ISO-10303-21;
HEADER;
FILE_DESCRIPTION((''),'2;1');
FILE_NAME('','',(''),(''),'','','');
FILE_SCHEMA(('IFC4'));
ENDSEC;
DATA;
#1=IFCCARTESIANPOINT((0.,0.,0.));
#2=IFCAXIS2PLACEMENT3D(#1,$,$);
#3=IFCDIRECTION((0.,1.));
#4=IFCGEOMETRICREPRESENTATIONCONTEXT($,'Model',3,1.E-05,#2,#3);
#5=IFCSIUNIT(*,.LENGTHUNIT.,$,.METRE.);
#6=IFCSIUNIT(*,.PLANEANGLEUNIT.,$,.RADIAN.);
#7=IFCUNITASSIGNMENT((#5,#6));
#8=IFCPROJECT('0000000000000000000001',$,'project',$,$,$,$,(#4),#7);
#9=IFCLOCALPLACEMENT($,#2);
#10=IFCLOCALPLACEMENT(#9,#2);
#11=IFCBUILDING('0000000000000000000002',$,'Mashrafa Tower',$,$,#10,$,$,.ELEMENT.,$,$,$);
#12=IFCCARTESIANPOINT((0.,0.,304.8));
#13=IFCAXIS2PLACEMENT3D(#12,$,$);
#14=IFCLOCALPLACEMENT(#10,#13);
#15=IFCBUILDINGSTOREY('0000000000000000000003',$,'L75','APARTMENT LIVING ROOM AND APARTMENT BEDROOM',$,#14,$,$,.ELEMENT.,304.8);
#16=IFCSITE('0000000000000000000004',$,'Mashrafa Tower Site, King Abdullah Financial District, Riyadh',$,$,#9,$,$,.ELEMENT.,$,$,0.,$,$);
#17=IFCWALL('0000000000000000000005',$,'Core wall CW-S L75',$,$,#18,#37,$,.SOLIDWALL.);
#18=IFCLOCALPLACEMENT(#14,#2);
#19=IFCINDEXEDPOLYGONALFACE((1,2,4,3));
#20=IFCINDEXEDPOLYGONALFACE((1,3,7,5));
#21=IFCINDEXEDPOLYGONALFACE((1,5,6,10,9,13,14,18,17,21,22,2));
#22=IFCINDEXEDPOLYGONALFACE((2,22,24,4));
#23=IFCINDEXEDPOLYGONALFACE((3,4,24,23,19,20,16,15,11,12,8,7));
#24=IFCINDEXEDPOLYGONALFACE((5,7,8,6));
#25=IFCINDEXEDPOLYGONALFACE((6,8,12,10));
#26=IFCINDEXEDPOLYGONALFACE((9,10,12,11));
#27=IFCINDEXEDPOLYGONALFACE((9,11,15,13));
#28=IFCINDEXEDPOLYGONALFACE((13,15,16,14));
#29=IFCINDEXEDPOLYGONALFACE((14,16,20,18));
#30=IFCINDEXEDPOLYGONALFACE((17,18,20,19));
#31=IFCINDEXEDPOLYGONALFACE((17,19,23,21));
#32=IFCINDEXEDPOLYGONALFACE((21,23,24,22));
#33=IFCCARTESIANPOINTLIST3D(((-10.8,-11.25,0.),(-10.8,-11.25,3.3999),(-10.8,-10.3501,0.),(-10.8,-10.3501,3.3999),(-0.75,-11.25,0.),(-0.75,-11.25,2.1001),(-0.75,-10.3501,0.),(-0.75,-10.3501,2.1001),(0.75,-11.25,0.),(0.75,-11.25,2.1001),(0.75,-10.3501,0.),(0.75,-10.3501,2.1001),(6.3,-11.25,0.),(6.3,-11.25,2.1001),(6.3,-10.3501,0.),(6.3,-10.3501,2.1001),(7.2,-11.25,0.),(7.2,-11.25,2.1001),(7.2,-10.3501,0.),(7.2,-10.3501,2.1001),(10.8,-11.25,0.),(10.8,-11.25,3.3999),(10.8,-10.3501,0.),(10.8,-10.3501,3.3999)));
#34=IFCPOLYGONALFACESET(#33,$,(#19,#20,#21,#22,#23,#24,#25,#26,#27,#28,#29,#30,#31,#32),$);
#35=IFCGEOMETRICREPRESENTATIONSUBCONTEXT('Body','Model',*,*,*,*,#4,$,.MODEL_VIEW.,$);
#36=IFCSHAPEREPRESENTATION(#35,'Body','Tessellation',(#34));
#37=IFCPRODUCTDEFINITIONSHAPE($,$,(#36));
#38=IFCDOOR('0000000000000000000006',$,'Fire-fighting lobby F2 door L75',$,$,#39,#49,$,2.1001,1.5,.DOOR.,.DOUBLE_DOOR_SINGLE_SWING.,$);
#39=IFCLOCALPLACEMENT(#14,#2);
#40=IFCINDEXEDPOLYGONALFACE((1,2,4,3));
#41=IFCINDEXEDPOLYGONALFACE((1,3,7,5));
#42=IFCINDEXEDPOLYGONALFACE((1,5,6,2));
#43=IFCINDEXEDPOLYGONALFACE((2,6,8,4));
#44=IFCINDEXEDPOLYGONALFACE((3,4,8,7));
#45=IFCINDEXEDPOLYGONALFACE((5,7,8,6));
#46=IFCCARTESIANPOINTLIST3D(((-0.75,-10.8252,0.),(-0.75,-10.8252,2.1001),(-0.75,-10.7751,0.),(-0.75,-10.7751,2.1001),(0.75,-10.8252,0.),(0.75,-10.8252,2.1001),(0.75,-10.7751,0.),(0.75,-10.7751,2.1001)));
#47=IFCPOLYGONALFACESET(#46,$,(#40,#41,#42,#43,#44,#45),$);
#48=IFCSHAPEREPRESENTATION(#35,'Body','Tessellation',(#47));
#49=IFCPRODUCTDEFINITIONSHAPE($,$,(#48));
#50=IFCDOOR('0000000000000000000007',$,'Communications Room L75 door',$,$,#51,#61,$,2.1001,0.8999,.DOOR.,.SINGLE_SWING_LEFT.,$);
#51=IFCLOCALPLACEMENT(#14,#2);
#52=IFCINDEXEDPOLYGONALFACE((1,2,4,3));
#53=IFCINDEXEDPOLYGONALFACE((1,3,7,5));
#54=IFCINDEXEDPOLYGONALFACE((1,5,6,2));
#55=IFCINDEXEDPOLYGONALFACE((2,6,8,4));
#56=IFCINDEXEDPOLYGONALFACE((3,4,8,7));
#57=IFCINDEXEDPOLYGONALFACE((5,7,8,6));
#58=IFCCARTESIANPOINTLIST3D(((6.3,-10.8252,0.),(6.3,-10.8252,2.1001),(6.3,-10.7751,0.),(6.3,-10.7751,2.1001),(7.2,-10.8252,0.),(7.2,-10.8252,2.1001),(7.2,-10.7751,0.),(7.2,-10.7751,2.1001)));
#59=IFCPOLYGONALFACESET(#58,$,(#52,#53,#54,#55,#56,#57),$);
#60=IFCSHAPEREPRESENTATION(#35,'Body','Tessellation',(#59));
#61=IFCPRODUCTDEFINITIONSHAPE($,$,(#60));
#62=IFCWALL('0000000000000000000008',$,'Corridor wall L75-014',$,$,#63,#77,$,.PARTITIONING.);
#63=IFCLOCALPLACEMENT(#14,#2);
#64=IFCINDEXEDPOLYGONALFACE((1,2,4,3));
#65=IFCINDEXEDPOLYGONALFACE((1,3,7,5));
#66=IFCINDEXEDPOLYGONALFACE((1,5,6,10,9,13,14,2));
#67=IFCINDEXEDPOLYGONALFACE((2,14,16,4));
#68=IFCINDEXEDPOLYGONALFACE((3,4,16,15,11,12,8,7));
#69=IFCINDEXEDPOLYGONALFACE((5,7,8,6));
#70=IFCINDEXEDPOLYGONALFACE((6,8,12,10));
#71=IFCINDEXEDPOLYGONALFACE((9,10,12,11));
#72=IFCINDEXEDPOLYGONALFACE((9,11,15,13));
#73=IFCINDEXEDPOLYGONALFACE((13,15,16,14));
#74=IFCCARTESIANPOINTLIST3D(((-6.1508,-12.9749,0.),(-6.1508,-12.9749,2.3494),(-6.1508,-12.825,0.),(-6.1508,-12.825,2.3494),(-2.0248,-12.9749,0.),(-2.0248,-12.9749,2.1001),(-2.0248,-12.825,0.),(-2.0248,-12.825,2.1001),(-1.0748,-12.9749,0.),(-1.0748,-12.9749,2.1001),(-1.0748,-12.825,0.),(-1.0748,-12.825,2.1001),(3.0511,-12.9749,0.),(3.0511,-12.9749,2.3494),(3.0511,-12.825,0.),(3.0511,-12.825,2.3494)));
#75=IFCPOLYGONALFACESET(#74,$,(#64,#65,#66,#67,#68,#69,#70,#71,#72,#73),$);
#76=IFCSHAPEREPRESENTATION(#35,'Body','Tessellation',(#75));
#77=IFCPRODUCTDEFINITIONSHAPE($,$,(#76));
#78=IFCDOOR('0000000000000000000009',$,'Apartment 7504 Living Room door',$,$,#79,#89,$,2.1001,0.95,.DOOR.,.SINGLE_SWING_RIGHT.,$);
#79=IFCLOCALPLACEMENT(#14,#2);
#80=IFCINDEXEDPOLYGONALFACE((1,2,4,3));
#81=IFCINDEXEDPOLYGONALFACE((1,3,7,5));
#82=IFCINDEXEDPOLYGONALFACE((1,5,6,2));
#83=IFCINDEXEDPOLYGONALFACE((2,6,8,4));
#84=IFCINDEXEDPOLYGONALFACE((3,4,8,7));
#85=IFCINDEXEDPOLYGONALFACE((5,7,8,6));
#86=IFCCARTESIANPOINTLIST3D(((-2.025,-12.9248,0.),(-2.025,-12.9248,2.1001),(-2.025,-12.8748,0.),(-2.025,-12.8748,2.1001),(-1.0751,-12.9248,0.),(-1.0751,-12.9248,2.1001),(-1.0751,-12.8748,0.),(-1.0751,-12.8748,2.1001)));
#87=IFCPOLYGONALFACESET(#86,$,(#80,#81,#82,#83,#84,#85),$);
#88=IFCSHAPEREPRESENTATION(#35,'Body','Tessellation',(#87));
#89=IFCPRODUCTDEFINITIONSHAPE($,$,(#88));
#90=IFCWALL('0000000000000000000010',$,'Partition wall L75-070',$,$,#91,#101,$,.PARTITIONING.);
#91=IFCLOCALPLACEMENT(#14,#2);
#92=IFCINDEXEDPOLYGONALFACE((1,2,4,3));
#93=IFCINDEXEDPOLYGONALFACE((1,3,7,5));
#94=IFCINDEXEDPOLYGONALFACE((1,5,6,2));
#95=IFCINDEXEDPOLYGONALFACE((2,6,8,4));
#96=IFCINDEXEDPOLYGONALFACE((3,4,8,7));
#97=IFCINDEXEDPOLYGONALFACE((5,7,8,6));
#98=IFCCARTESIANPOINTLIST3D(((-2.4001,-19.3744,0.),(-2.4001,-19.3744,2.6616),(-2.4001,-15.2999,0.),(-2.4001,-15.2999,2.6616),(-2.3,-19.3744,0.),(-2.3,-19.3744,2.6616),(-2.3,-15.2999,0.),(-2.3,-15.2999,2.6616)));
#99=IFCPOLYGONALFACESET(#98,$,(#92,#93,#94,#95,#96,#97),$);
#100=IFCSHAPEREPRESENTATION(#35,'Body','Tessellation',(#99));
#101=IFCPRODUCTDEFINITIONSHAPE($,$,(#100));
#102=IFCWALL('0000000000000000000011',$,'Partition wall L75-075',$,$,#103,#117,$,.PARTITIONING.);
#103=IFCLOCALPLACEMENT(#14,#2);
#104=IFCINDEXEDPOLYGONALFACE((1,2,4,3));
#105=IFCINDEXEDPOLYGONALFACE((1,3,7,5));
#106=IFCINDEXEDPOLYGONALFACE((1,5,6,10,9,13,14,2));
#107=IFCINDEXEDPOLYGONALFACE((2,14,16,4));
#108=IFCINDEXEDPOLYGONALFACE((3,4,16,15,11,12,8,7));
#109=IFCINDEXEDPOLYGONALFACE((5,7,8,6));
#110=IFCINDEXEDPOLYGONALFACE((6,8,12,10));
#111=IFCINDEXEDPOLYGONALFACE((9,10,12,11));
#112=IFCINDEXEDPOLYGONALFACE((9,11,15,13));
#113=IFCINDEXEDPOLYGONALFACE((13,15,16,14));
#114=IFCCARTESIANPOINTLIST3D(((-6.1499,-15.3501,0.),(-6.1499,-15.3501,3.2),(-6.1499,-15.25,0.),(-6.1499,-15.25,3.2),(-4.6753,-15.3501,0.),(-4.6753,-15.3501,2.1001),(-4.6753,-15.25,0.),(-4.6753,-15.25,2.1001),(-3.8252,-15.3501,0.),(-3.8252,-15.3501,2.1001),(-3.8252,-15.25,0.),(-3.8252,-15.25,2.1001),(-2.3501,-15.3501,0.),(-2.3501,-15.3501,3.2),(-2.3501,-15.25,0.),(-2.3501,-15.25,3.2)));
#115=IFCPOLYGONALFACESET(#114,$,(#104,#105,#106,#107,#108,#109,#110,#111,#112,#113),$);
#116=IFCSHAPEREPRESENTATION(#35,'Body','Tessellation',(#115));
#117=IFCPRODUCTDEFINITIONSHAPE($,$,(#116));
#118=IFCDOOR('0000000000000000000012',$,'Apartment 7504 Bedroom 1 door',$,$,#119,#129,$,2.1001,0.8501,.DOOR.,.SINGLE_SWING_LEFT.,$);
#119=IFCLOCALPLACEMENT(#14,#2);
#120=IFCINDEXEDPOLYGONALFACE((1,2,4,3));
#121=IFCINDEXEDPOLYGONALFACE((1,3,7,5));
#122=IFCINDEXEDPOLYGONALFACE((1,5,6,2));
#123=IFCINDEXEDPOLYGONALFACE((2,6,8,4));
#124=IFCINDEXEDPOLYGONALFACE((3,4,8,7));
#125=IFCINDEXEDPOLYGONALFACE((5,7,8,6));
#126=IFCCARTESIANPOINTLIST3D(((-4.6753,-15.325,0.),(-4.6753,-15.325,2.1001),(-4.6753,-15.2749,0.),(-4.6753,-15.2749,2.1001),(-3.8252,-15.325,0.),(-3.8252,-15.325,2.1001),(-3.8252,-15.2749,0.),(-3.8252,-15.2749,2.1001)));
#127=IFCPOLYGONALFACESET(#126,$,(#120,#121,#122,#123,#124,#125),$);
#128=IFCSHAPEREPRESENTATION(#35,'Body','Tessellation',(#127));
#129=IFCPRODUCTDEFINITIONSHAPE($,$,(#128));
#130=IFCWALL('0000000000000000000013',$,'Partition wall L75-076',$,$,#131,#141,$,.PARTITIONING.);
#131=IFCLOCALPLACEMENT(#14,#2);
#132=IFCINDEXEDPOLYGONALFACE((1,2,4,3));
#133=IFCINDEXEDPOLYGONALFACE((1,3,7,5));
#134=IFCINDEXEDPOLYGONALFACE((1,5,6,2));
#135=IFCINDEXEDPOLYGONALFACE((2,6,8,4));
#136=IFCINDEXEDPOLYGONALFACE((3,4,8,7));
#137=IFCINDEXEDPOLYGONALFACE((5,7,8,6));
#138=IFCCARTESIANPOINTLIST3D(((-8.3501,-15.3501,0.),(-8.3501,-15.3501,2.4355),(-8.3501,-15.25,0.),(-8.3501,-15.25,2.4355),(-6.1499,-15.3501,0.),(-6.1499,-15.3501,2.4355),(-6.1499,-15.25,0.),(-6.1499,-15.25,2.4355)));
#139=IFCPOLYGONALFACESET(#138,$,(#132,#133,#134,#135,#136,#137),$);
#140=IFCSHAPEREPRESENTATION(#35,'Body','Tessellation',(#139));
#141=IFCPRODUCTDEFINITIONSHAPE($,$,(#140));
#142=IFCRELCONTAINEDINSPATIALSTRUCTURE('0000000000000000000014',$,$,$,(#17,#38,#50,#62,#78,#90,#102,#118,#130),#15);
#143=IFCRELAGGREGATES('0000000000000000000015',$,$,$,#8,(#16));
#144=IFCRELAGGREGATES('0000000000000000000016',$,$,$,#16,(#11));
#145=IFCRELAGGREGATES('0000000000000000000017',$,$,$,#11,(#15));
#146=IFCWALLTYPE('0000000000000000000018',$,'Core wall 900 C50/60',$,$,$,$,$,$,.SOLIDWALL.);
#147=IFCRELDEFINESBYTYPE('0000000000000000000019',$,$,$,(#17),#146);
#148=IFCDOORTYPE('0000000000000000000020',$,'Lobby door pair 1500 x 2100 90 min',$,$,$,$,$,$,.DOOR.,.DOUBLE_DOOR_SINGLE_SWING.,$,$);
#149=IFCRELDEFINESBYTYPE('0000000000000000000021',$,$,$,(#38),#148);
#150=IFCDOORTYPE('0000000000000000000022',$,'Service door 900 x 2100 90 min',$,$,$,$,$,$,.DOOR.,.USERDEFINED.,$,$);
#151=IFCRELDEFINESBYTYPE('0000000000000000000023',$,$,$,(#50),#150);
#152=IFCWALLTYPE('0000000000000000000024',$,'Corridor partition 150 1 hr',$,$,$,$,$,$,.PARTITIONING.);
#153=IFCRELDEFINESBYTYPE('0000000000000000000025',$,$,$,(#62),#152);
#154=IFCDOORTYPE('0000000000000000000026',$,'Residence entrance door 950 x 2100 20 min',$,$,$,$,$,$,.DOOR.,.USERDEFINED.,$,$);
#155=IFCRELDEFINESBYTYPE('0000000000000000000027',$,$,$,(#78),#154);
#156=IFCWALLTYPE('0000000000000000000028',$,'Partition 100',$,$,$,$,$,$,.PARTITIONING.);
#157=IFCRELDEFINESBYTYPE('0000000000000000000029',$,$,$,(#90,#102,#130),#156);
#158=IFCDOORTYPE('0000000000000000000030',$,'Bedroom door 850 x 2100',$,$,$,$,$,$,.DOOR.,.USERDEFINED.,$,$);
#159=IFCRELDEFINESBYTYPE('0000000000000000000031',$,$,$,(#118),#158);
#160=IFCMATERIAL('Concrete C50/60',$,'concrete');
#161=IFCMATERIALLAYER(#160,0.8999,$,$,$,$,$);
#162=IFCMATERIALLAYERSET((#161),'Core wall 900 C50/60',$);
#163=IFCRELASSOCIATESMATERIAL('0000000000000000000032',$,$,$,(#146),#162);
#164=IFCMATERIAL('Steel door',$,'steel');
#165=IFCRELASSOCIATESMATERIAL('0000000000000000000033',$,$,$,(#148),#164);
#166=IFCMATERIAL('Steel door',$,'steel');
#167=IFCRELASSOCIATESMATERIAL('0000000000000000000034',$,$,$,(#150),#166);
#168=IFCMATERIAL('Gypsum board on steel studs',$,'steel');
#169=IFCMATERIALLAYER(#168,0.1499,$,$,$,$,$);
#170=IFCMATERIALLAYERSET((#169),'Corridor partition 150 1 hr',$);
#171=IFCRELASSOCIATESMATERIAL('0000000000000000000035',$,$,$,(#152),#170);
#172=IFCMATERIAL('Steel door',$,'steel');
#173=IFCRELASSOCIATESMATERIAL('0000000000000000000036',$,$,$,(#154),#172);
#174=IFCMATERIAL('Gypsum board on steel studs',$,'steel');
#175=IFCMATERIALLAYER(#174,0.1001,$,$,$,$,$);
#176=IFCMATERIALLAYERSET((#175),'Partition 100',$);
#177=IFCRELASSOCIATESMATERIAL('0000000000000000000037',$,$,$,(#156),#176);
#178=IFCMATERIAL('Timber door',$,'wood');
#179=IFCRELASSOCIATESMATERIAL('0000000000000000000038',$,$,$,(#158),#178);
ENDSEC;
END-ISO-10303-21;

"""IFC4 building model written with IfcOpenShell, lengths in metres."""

from ifc_helpers import new_model, si_unit, direction, frame, frame_2d, origin, place, context, subcontext, project, spatial, rectangle, extrude, material, layer, layer_set, type_object, element, fill, save


model = new_model("IFC4")

# Units and contexts
model_context = context("Model", 3, precision=1e-05, world=origin(), true_north=direction((0.0, 1.0)))
body_context = subcontext(model_context, "Body", "Model", "MODEL_VIEW")
ifc_project = project(units=[si_unit("LENGTHUNIT", "METRE"), si_unit("PLANEANGLEUNIT", "RADIAN")], contexts=[model_context])

# Site, building, storey
site_placement = place(None, origin())
site = spatial("IfcSite", under=ifc_project, at=site_placement, Name="Mashrafa Tower Site, King Abdullah Financial District, Riyadh", CompositionType="ELEMENT", RefElevation=0.0)
building_placement = place(site_placement, origin())
building = spatial("IfcBuilding", under=site, at=building_placement, Name="Mashrafa Tower", CompositionType="ELEMENT")
storey_placement = place(building_placement, frame((0.0, 0.0, 304.8)))
storey = spatial("IfcBuildingStorey", under=building, at=storey_placement, Name="L75", Description="APARTMENT LIVING ROOM AND APARTMENT BEDROOM", CompositionType="ELEMENT", Elevation=304.8)

# Wall, openings, doors
ifc_material_1 = material(Name="Concrete C50/60", Category="concrete")
ifc_layer_1 = layer(ifc_material_1, 0.8999)
ifc_layer_set_1 = layer_set([ifc_layer_1], Name="Core wall 900 C50/60")
wall_type_1 = type_object("IfcWallType", Name="Core wall 900 C50/60", PredefinedType="SOLIDWALL", material=ifc_layer_set_1)
wall_1_placement = place(storey_placement, frame((-10.8, -10.8, 0.0), z_axis=(0.0, 0.0, 1.0), x_axis=(1.0, 0.0, 0.0)))
wall_1 = element("IfcWall", 1, at=wall_1_placement, inside=storey, type_object=wall_type_1, Name="Core wall CW-S L75", PredefinedType="SOLIDWALL", context=body_context, shape_type="SweptSolid", body=[
    extrude(rectangle(XDim=21.6001, YDim=0.8999, at=frame_2d((10.8, 0.0))), origin(), (0.0, 0.0, 1.0), 3.3999),
])
opening_1_placement = place(wall_1_placement, frame((10.05, 0.0, 0.0)))
opening_1 = element("IfcOpeningElement", 2, at=opening_1_placement, cuts=wall_1, PredefinedType="OPENING", context=body_context, shape_type="SweptSolid", body=[
    extrude(rectangle(XDim=1.5, YDim=2.1001, at=frame_2d((0.75, 1.05))), frame((0.0, 0.46, 0.0), z_axis=(0.0, -1.0, 0.0), x_axis=(1.0, 0.0, 0.0)), (0.0, 0.0, 1.0), 0.9199),
])
opening_2_placement = place(wall_1_placement, frame((17.1001, 0.0, 0.0)))
opening_2 = element("IfcOpeningElement", 3, at=opening_2_placement, cuts=wall_1, PredefinedType="OPENING", context=body_context, shape_type="SweptSolid", body=[
    extrude(rectangle(XDim=0.8999, YDim=2.1001, at=frame_2d((0.45, 1.05))), frame((0.0, 0.46, 0.0), z_axis=(0.0, -1.0, 0.0), x_axis=(1.0, 0.0, 0.0)), (0.0, 0.0, 1.0), 0.9199),
])
ifc_material_2 = material(Name="Steel door", Category="steel")
door_type_1 = type_object("IfcDoorType", Name="Lobby door pair 1500 x 2100 90 min", OperationType="DOUBLE_DOOR_SINGLE_SWING", PredefinedType="DOOR", material=ifc_material_2)
door_1_placement = place(opening_1_placement, origin())
door_1 = element("IfcDoor", 4, at=door_1_placement, inside=storey, type_object=door_type_1, Name="Fire-fighting lobby F2 door L75", OperationType="DOUBLE_DOOR_SINGLE_SWING", OverallHeight=2.1001, OverallWidth=1.5, PredefinedType="DOOR", context=body_context, shape_type="SweptSolid", body=[
    extrude(rectangle(XDim=1.5, YDim=2.1001, at=frame_2d((0.75, 1.05))), frame((0.0, 0.0249, 0.0), z_axis=(0.0, -1.0, 0.0), x_axis=(1.0, 0.0, 0.0)), (0.0, 0.0, 1.0), 0.05),
])
fill(opening_1, door_1)
ifc_material_3 = material(Name="Steel door", Category="steel")
door_type_2 = type_object("IfcDoorType", Name="Service door 900 x 2100 90 min", OperationType="USERDEFINED", PredefinedType="DOOR", material=ifc_material_3)
door_2_placement = place(opening_2_placement, origin())
door_2 = element("IfcDoor", 5, at=door_2_placement, inside=storey, type_object=door_type_2, Name="Communications Room L75 door", OperationType="SINGLE_SWING_LEFT", OverallHeight=2.1001, OverallWidth=0.8999, PredefinedType="DOOR", context=body_context, shape_type="SweptSolid", body=[
    extrude(rectangle(XDim=0.8999, YDim=2.1001, at=frame_2d((0.45, 1.05))), frame((0.0, 0.0249, 0.0), z_axis=(0.0, -1.0, 0.0), x_axis=(1.0, 0.0, 0.0)), (0.0, 0.0, 1.0), 0.05),
])
fill(opening_2, door_2)

# Wall, opening, door
ifc_material_4 = material(Name="Gypsum board on steel studs", Category="steel")
ifc_layer_2 = layer(ifc_material_4, 0.1499)
ifc_layer_set_2 = layer_set([ifc_layer_2], Name="Corridor partition 150 1 hr")
wall_type_2 = type_object("IfcWallType", Name="Corridor partition 150 1 hr", PredefinedType="PARTITIONING", material=ifc_layer_set_2)
wall_2_placement = place(storey_placement, frame((-6.1509, -12.8999, 0.0), z_axis=(0.0, 0.0, 1.0), x_axis=(1.0, 0.0, 0.0)))
wall_2 = element("IfcWall", 6, at=wall_2_placement, inside=storey, type_object=wall_type_2, Name="Corridor wall L75-014", PredefinedType="PARTITIONING", context=body_context, shape_type="SweptSolid", body=[
    extrude(rectangle(XDim=9.2019, YDim=0.1499, at=frame_2d((4.6011, 0.0))), origin(), (0.0, 0.0, 1.0), 2.3494),
])
opening_3_placement = place(wall_2_placement, frame((4.126, 0.0, 0.0)))
opening_3 = element("IfcOpeningElement", 7, at=opening_3_placement, cuts=wall_2, PredefinedType="OPENING", context=body_context, shape_type="SweptSolid", body=[
    extrude(rectangle(XDim=0.95, YDim=2.1001, at=frame_2d((0.4751, 1.05))), frame((0.0, 0.085, 0.0), z_axis=(0.0, -1.0, 0.0), x_axis=(1.0, 0.0, 0.0)), (0.0, 0.0, 1.0), 0.1699),
])
ifc_material_5 = material(Name="Steel door", Category="steel")
door_type_3 = type_object("IfcDoorType", Name="Residence entrance door 950 x 2100 20 min", OperationType="USERDEFINED", PredefinedType="DOOR", material=ifc_material_5)
door_3_placement = place(opening_3_placement, frame((0.95, 0.0, 0.0), z_axis=(0.0, 0.0, 1.0), x_axis=(-1.0, 0.0, 0.0)))
door_3 = element("IfcDoor", 8, at=door_3_placement, inside=storey, type_object=door_type_3, Name="Apartment 7504 Living Room door", OperationType="SINGLE_SWING_RIGHT", OverallHeight=2.1001, OverallWidth=0.95, PredefinedType="DOOR", context=body_context, shape_type="SweptSolid", body=[
    extrude(rectangle(XDim=0.95, YDim=2.1001, at=frame_2d((0.4751, 1.05))), frame((0.0, 0.0249, 0.0), z_axis=(0.0, -1.0, 0.0), x_axis=(1.0, 0.0, 0.0)), (0.0, 0.0, 1.0), 0.05),
])
fill(opening_3, door_3)

# Wall
ifc_material_6 = material(Name="Gypsum board on steel studs", Category="steel")
ifc_layer_3 = layer(ifc_material_6, 0.1001)
ifc_layer_set_3 = layer_set([ifc_layer_3], Name="Partition 100")
wall_type_3 = type_object("IfcWallType", Name="Partition 100", PredefinedType="PARTITIONING", material=ifc_layer_set_3)
wall_3_placement = place(storey_placement, frame((-2.3501, -15.3, 0.0), z_axis=(0.0, 0.0, 1.0), x_axis=(0.0, -1.0, 0.0)))
element("IfcWall", 9, at=wall_3_placement, inside=storey, type_object=wall_type_3, Name="Partition wall L75-070", PredefinedType="PARTITIONING", context=body_context, shape_type="SweptSolid", body=[
    extrude(rectangle(XDim=4.0745, YDim=0.1001, at=frame_2d((2.0371, 0.0))), origin(), (0.0, 0.0, 1.0), 2.6616),
])

# Wall, opening, door
wall_4_placement = place(storey_placement, frame((-2.3501, -15.3, 0.0), z_axis=(0.0, 0.0, 1.0), x_axis=(-1.0, 0.0, 0.0)))
wall_4 = element("IfcWall", 10, at=wall_4_placement, inside=storey, type_object=wall_type_3, Name="Partition wall L75-075", PredefinedType="PARTITIONING", context=body_context, shape_type="SweptSolid", body=[
    extrude(rectangle(XDim=3.7998, YDim=0.1001, at=frame_2d((1.8999, 0.0))), origin(), (0.0, 0.0, 1.0), 3.2),
])
opening_4_placement = place(wall_4_placement, frame((1.4751, 0.0, 0.0)))
opening_4 = element("IfcOpeningElement", 11, at=opening_4_placement, cuts=wall_4, PredefinedType="OPENING", context=body_context, shape_type="SweptSolid", body=[
    extrude(rectangle(XDim=0.8501, YDim=2.1001, at=frame_2d((0.425, 1.05))), frame((0.0, 0.0601, 0.0), z_axis=(0.0, -1.0, 0.0), x_axis=(1.0, 0.0, 0.0)), (0.0, 0.0, 1.0), 0.1201),
])
ifc_material_7 = material(Name="Timber door", Category="wood")
door_type_4 = type_object("IfcDoorType", Name="Bedroom door 850 x 2100", OperationType="USERDEFINED", PredefinedType="DOOR", material=ifc_material_7)
door_4_placement = place(opening_4_placement, origin())
door_4 = element("IfcDoor", 12, at=door_4_placement, inside=storey, type_object=door_type_4, Name="Apartment 7504 Bedroom 1 door", OperationType="SINGLE_SWING_LEFT", OverallHeight=2.1001, OverallWidth=0.8501, PredefinedType="DOOR", context=body_context, shape_type="SweptSolid", body=[
    extrude(rectangle(XDim=0.8501, YDim=2.1001, at=frame_2d((0.425, 1.05))), frame((0.0, 0.0249, 0.0), z_axis=(0.0, -1.0, 0.0), x_axis=(1.0, 0.0, 0.0)), (0.0, 0.0, 1.0), 0.05),
])
fill(opening_4, door_4)

# Wall
wall_5_placement = place(storey_placement, frame((-6.1499, -15.3, 0.0), z_axis=(0.0, 0.0, 1.0), x_axis=(-1.0, 0.0, 0.0)))
element("IfcWall", 13, at=wall_5_placement, inside=storey, type_object=wall_type_3, Name="Partition wall L75-076", PredefinedType="PARTITIONING", context=body_context, shape_type="SweptSolid", body=[
    extrude(rectangle(XDim=2.2002, YDim=0.1001, at=frame_2d((1.1001, 0.0))), origin(), (0.0, 0.0, 1.0), 2.4355),
])

save(model, "model.ifc")
